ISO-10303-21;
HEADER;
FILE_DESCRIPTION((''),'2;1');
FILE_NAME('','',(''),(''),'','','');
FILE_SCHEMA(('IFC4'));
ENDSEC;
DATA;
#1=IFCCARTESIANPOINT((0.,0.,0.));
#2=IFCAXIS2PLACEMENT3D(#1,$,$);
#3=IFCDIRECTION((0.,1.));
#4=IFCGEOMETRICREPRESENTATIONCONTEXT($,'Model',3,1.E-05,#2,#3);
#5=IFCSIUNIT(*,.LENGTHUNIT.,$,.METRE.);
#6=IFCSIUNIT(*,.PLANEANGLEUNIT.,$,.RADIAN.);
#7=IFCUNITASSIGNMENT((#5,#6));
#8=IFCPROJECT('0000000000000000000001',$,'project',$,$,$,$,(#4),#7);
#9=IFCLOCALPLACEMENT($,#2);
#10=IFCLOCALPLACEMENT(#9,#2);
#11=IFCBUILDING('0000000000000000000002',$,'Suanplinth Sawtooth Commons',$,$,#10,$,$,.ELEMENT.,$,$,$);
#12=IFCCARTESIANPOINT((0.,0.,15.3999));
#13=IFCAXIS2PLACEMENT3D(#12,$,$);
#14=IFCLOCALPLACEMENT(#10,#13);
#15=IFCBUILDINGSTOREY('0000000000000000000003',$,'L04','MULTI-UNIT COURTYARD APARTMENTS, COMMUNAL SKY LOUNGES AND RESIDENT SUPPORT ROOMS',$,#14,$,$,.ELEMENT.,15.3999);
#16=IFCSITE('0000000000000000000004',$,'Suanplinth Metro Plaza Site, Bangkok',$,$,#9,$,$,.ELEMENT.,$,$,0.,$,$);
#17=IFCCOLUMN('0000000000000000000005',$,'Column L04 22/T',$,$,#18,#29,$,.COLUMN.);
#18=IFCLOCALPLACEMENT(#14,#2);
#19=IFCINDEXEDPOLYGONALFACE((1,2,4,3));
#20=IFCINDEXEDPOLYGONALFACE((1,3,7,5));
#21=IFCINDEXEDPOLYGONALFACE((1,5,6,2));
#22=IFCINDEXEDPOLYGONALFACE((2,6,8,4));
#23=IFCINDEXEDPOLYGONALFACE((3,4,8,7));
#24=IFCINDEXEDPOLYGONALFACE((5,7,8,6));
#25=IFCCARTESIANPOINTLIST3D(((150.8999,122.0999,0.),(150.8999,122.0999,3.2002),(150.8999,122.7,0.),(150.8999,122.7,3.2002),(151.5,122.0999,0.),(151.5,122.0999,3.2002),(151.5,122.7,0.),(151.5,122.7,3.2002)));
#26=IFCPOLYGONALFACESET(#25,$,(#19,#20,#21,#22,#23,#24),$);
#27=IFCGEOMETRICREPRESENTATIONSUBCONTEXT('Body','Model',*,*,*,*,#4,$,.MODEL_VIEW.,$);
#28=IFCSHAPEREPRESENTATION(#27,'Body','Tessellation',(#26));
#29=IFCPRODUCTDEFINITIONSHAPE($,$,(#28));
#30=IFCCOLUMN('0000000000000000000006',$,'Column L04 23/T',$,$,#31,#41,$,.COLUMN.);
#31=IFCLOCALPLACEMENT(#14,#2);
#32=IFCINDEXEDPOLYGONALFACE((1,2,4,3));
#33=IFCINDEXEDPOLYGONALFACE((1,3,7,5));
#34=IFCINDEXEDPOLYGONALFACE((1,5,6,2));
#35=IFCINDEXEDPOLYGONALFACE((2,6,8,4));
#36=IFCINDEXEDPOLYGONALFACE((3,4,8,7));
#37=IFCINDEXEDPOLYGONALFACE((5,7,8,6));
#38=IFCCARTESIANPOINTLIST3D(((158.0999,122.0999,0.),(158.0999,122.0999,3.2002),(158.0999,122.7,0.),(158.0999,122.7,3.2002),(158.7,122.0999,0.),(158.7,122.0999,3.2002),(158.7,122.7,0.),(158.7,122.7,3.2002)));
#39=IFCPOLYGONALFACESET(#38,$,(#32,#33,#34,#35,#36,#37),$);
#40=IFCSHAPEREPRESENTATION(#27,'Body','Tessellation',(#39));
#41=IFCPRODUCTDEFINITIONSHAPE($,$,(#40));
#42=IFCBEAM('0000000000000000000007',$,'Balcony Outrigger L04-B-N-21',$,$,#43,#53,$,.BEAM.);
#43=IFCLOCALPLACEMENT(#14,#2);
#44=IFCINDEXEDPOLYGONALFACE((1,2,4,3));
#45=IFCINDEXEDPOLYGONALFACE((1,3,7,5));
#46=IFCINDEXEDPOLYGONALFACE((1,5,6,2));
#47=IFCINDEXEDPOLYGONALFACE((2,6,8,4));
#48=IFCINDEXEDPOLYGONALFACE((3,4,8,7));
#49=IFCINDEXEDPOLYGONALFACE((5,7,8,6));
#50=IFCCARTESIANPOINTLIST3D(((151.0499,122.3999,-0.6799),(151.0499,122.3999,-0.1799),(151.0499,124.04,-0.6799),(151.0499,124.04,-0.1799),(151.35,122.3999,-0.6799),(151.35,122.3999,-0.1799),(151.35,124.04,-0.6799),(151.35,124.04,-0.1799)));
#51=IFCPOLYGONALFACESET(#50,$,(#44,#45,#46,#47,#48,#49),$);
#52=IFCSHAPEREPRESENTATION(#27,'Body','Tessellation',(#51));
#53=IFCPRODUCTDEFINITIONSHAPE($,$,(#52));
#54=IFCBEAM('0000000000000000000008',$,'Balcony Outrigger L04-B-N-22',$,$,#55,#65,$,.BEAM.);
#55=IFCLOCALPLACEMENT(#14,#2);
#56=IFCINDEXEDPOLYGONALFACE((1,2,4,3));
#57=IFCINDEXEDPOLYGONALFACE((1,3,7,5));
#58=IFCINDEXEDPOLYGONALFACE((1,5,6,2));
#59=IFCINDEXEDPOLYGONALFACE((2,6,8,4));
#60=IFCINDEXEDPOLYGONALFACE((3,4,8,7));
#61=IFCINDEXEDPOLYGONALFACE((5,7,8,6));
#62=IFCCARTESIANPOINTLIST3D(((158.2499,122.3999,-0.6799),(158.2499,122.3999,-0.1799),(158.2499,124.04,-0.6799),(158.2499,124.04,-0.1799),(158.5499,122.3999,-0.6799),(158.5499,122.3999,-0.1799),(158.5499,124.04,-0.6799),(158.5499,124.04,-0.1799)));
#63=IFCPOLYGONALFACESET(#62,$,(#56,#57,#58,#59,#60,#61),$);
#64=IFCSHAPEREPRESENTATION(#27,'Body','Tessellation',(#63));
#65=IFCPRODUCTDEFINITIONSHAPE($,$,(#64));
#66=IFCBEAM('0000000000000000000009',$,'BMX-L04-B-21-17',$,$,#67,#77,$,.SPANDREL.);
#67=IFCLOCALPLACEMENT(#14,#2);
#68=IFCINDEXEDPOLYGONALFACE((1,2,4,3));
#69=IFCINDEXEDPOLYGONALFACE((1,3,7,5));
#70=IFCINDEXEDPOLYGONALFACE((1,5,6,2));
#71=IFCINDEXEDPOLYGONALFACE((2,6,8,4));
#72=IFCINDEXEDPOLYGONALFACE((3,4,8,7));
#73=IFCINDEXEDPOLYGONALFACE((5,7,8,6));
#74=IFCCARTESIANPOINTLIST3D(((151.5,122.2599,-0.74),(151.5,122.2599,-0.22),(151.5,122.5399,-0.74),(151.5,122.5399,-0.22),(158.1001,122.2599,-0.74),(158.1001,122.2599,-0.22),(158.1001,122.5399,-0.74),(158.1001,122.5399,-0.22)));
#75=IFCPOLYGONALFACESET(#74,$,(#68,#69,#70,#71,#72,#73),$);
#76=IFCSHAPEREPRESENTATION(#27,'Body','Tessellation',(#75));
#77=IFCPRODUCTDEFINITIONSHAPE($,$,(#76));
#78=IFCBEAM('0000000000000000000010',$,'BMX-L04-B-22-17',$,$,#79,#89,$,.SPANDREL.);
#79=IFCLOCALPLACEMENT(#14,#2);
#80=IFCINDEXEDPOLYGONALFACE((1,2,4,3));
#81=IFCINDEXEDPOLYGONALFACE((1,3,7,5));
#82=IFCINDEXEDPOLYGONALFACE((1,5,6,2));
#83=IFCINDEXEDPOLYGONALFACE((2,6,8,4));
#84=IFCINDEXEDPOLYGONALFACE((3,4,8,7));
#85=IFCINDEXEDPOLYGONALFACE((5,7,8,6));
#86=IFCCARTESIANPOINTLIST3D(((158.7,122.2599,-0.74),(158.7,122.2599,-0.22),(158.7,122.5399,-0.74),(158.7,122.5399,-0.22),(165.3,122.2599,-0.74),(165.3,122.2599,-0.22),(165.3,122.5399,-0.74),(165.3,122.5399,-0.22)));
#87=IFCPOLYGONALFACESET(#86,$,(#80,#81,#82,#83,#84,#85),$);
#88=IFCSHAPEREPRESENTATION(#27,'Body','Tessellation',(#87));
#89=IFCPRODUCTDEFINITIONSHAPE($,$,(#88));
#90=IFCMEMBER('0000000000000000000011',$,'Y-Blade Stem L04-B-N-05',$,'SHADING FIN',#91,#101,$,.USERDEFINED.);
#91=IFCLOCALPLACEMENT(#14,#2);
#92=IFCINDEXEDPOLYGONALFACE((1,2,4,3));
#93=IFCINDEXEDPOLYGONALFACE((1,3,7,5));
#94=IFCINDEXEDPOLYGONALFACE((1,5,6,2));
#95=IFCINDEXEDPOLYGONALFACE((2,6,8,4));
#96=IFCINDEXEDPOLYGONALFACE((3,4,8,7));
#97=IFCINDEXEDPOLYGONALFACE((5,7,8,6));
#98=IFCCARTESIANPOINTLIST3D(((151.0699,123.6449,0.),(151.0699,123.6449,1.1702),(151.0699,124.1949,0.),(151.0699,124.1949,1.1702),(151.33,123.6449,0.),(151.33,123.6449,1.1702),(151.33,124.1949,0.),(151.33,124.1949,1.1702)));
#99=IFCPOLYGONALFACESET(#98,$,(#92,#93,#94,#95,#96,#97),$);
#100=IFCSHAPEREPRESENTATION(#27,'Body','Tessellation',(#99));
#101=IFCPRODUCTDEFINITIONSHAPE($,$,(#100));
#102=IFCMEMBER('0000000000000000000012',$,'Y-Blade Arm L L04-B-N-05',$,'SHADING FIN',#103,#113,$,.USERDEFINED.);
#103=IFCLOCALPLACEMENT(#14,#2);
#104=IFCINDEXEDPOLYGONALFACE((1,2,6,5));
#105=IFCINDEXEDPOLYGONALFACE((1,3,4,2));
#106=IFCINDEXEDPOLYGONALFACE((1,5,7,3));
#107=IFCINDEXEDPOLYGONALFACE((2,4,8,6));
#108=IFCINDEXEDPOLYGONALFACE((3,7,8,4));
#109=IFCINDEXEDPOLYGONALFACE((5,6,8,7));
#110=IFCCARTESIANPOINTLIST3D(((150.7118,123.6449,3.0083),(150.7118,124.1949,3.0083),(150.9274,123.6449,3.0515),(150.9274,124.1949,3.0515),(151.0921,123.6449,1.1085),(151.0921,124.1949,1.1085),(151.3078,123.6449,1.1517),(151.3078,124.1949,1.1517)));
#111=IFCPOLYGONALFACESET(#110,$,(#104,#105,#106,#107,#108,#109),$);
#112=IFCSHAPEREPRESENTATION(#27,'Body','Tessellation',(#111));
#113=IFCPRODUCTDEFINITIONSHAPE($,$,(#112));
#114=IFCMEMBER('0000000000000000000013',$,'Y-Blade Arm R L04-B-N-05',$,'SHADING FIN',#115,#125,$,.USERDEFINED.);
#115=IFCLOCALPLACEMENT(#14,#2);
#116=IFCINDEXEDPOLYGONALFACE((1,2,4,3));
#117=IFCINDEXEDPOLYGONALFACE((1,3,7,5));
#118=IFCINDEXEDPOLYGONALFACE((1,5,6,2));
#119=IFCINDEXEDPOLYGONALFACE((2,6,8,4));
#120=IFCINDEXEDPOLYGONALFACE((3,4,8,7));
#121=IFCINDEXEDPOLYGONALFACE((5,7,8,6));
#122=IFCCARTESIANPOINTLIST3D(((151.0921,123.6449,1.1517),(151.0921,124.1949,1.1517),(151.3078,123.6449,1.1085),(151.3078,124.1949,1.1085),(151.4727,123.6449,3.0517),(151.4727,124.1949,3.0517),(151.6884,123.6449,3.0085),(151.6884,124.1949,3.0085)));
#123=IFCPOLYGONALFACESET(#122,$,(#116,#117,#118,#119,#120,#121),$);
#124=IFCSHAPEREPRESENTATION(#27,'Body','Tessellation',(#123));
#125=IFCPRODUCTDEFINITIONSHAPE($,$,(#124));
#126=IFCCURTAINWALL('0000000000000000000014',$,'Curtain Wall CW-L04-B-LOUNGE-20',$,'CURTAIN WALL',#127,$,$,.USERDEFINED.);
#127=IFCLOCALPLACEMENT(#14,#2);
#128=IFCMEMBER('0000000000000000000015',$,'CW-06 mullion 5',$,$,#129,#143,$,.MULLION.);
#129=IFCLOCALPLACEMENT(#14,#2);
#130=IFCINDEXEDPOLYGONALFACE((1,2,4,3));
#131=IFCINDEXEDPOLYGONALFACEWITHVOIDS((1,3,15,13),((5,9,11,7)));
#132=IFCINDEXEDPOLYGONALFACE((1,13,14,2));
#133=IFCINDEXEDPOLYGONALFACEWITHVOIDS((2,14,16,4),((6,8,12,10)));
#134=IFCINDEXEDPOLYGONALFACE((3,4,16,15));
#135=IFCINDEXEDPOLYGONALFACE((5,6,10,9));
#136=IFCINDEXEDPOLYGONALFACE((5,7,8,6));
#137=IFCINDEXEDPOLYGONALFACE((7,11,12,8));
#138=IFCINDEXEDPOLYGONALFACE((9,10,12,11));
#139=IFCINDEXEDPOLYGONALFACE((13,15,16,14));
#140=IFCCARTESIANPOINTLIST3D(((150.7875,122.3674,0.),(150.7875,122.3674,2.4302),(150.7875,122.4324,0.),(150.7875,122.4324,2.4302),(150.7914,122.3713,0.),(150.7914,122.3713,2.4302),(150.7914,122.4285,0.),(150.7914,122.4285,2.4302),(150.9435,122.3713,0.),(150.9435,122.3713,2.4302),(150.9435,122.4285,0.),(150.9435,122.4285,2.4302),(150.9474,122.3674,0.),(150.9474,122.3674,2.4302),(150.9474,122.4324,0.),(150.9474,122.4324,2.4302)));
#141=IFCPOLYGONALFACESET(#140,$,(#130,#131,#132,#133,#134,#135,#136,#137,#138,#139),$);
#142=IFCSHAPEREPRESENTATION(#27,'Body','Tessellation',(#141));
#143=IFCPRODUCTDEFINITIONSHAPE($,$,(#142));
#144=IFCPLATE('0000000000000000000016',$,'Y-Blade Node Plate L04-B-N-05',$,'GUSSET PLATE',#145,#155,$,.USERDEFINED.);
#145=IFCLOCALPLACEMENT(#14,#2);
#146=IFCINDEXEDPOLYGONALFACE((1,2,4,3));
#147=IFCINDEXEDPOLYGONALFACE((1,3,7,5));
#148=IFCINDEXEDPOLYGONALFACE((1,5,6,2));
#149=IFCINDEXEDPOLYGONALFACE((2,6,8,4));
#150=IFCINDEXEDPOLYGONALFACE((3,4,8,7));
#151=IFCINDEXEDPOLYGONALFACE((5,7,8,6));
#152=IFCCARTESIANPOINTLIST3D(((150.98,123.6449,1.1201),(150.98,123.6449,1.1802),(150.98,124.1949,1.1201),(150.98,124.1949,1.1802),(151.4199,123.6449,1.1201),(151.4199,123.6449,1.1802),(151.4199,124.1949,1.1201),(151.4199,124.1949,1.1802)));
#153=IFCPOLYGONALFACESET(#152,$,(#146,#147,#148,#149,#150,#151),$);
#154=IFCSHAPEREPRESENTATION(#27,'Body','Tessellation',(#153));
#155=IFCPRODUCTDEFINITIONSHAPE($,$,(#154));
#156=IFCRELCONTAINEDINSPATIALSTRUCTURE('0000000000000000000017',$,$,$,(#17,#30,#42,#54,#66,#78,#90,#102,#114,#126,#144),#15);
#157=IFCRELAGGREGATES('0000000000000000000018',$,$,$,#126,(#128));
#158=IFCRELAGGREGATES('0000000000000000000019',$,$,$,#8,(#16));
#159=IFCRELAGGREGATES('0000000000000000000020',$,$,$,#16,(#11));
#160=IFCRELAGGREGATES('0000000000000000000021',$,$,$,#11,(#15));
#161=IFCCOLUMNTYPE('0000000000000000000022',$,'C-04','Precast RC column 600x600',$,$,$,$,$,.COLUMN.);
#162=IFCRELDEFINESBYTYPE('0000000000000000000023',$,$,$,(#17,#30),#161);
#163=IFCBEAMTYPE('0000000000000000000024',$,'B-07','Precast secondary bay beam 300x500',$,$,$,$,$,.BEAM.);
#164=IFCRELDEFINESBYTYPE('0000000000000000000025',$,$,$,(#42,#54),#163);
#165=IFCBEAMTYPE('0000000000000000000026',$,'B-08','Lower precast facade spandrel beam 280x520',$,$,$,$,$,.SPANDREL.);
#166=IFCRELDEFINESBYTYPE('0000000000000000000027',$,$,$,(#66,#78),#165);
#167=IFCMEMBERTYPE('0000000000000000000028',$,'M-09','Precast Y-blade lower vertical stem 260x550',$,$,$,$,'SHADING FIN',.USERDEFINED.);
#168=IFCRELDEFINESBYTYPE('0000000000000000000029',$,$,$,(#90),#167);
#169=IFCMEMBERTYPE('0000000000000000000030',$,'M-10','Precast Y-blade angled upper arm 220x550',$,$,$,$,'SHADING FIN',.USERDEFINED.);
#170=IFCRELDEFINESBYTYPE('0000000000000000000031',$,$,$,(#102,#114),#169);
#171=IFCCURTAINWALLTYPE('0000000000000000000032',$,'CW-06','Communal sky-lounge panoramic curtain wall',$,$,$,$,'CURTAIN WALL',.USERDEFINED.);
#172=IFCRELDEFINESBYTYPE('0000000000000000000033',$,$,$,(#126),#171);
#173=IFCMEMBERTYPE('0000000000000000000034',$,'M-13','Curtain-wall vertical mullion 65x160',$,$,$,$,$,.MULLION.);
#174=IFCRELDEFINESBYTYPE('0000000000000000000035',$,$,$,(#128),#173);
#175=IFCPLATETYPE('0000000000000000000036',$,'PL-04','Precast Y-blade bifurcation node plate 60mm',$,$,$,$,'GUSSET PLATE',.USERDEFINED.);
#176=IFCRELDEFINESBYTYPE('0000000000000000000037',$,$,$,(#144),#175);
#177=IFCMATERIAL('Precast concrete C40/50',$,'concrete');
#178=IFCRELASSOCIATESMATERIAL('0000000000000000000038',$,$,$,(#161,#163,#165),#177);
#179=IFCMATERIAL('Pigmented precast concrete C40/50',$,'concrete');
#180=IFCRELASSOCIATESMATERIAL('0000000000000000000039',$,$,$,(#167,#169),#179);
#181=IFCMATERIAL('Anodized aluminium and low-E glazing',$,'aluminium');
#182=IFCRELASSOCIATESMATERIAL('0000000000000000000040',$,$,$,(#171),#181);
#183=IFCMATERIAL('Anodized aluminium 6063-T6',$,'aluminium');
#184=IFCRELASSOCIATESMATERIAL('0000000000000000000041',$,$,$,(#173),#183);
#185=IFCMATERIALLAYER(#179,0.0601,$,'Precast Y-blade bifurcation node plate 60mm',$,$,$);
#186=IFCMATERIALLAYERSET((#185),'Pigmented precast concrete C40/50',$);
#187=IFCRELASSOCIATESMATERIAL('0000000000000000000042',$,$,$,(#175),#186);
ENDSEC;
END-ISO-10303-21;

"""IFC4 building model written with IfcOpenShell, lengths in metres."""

from ifc_helpers import new_model, si_unit, direction, frame, origin, origin_2d, place, context, subcontext, project, spatial, rectangle, hollow_rectangle, extrude, material, layer, layer_set, material_profile, profile_set, type_object, element, aggregate, save


model = new_model("IFC4")

# Units and contexts
model_context = context("Model", 3, precision=1e-05, world=origin(), true_north=direction((0.0, 1.0)))
body_context = subcontext(model_context, "Body", "Model", "MODEL_VIEW")
ifc_project = project(units=[si_unit("LENGTHUNIT", "METRE"), si_unit("PLANEANGLEUNIT", "RADIAN")], contexts=[model_context])

# Site, building, storey
site_placement = place(None, origin())
site = spatial("IfcSite", under=ifc_project, at=site_placement, Name="Suanplinth Metro Plaza Site, Bangkok", CompositionType="ELEMENT", RefElevation=0.0)
building_placement = place(site_placement, origin())
building = spatial("IfcBuilding", under=site, at=building_placement, Name="Suanplinth Sawtooth Commons", CompositionType="ELEMENT")
storey_placement = place(building_placement, frame((0.0, 0.0, 15.3999)))
storey = spatial("IfcBuildingStorey", under=building, at=storey_placement, Name="L04", Description="MULTI-UNIT COURTYARD APARTMENTS, COMMUNAL SKY LOUNGES AND RESIDENT SUPPORT ROOMS", CompositionType="ELEMENT", Elevation=15.3999)

# Columns
ifc_material_1 = material(Name="Precast concrete C40/50", Category="concrete")
ifc_material_profile_1 = material_profile(ifc_material_1, rectangle(XDim=0.6001, YDim=0.6001, at=origin_2d()), Name="PC-COL 600x600")
ifc_profile_set_1 = profile_set([ifc_material_profile_1], Name="Precast concrete C40/50")
column_type = type_object("IfcColumnType", Name="C-04", Description="Precast RC column 600x600", PredefinedType="COLUMN", material=ifc_profile_set_1)
for number, where, z_axis, x_axis, name in (
    (1, (151.2, 122.3999, 0.0), (0.0, 0.0, 1.0), (1.0, 0.0, 0.0), "Column L04 22/T"),
    (2, (158.3999, 122.3999, 0.0), (0.0, 0.0, 1.0), (1.0, 0.0, 0.0), "Column L04 23/T"),
):
    element("IfcColumn", number, at=place(storey_placement, frame(where, z_axis=z_axis, x_axis=x_axis)), inside=storey, type_object=column_type, Name=name, PredefinedType="COLUMN", context=body_context, shape_type="SweptSolid", body=[
        extrude(rectangle(XDim=0.6001, YDim=0.6001, at=origin_2d()), origin(), (0.0, 0.0, 1.0), 3.2002),
    ])

# Beams
ifc_material_profile_2 = material_profile(ifc_material_1, rectangle(XDim=0.3, YDim=0.5, at=origin_2d()), Name="PC-BM 300x500")
ifc_profile_set_2 = profile_set([ifc_material_profile_2], Name="Precast concrete C40/50")
beam_type_1 = type_object("IfcBeamType", Name="B-07", Description="Precast secondary bay beam 300x500", PredefinedType="BEAM", material=ifc_profile_set_2)
for number, where, z_axis, x_axis, name in (
    (3, (151.2, 122.3999, -0.4299), (0.0, 1.0, 0.0), (-1.0, 0.0, 0.0), "Balcony Outrigger L04-B-N-21"),
    (4, (158.3999, 122.3999, -0.4299), (0.0, 1.0, 0.0), (-1.0, 0.0, 0.0), "Balcony Outrigger L04-B-N-22"),
):
    element("IfcBeam", number, at=place(storey_placement, frame(where, z_axis=z_axis, x_axis=x_axis)), inside=storey, type_object=beam_type_1, Name=name, PredefinedType="BEAM", context=body_context, shape_type="SweptSolid", body=[
        extrude(rectangle(XDim=0.3, YDim=0.5, at=origin_2d()), origin(), (0.0, 0.0, 1.0), 1.6401),
    ])
ifc_material_profile_3 = material_profile(ifc_material_1, rectangle(XDim=0.28, YDim=0.52, at=origin_2d()), Name="PC-SP 280x520")
ifc_profile_set_3 = profile_set([ifc_material_profile_3], Name="Precast concrete C40/50")
beam_type_2 = type_object("IfcBeamType", Name="B-08", Description="Lower precast facade spandrel beam 280x520", PredefinedType="SPANDREL", material=ifc_profile_set_3)
for number, where, z_axis, x_axis, name in (
    (5, (151.5, 122.3999, -0.48), (1.0, 0.0, 0.0), (0.0, 1.0, 0.0), "BMX-L04-B-21-17"),
    (6, (158.7, 122.3999, -0.48), (1.0, 0.0, 0.0), (0.0, 1.0, 0.0), "BMX-L04-B-22-17"),
):
    element("IfcBeam", number, at=place(storey_placement, frame(where, z_axis=z_axis, x_axis=x_axis)), inside=storey, type_object=beam_type_2, Name=name, PredefinedType="SPANDREL", context=body_context, shape_type="SweptSolid", body=[
        extrude(rectangle(XDim=0.28, YDim=0.52, at=origin_2d()), origin(), (0.0, 0.0, 1.0), 6.6001),
    ])

# Members
ifc_material_2 = material(Name="Pigmented precast concrete C40/50", Category="concrete")
ifc_material_profile_4 = material_profile(ifc_material_2, rectangle(XDim=0.26, YDim=0.55, at=origin_2d()), Name="PC-FIN 260x550")
ifc_profile_set_4 = profile_set([ifc_material_profile_4], Name="Pigmented precast concrete C40/50")
member_type_1 = type_object("IfcMemberType", Name="M-09", Description="Precast Y-blade lower vertical stem 260x550", ElementType="SHADING FIN", PredefinedType="USERDEFINED", material=ifc_profile_set_4)
member_1_placement = place(storey_placement, frame((151.2, 123.9199, 0.0), z_axis=(0.0, 0.0, 1.0), x_axis=(1.0, 0.0, 0.0)))
element("IfcMember", 7, at=member_1_placement, inside=storey, type_object=member_type_1, Name="Y-Blade Stem L04-B-N-05", ObjectType="SHADING FIN", PredefinedType="USERDEFINED", context=body_context, shape_type="SweptSolid", body=[
    extrude(rectangle(XDim=0.26, YDim=0.55, at=origin_2d()), origin(), (0.0, 0.0, 1.0), 1.1702),
])
ifc_material_profile_5 = material_profile(ifc_material_2, rectangle(XDim=0.22, YDim=0.55, at=origin_2d()), Name="PC-FIN 220x550")
ifc_profile_set_5 = profile_set([ifc_material_profile_5], Name="Pigmented precast concrete C40/50")
member_type_2 = type_object("IfcMemberType", Name="M-10", Description="Precast Y-blade angled upper arm 220x550", ElementType="SHADING FIN", PredefinedType="USERDEFINED", material=ifc_profile_set_5)
member_2_placement = place(storey_placement, frame((151.2, 123.9199, 1.1301), z_axis=(-0.19631, 0.0, 0.980542), x_axis=(0.980542, 0.0, 0.19631)))
element("IfcMember", 8, at=member_2_placement, inside=storey, type_object=member_type_2, Name="Y-Blade Arm L L04-B-N-05", ObjectType="SHADING FIN", PredefinedType="USERDEFINED", context=body_context, shape_type="SweptSolid", body=[
    extrude(rectangle(XDim=0.22, YDim=0.55, at=origin_2d()), origin(), (0.0, 0.0, 1.0), 1.9375),
])
member_3_placement = place(storey_placement, frame((151.2, 123.9199, 1.1301), z_axis=(0.196431, 0.0, 0.980518), x_axis=(-0.980518, 0.0, 0.196431)))
element("IfcMember", 9, at=member_3_placement, inside=storey, type_object=member_type_2, Name="Y-Blade Arm R L04-B-N-05", ObjectType="SHADING FIN", PredefinedType="USERDEFINED", context=body_context, shape_type="SweptSolid", body=[
    extrude(rectangle(XDim=0.22, YDim=0.55, at=origin_2d()), origin(), (0.0, 0.0, 1.0), 1.9377),
])

# Curtain wall, member
ifc_material_3 = material(Name="Anodized aluminium and low-E glazing", Category="aluminium")
curtain_wall_type = type_object("IfcCurtainWallType", Name="CW-06", Description="Communal sky-lounge panoramic curtain wall", ElementType="CURTAIN WALL", PredefinedType="USERDEFINED", material=ifc_material_3)
curtain_wall_placement = place(storey_placement, origin())
curtain_wall = element("IfcCurtainWall", 10, at=curtain_wall_placement, inside=storey, type_object=curtain_wall_type, Name="Curtain Wall CW-L04-B-LOUNGE-20", ObjectType="CURTAIN WALL", PredefinedType="USERDEFINED")
ifc_material_4 = material(Name="Anodized aluminium 6063-T6", Category="aluminium")
ifc_material_profile_6 = material_profile(ifc_material_4, hollow_rectangle(XDim=0.0649, YDim=0.1599, WallThickness=0.0039, at=origin_2d()), Name="ALU-MUL 65x160")
ifc_profile_set_6 = profile_set([ifc_material_profile_6], Name="Anodized aluminium 6063-T6")
member_type_3 = type_object("IfcMemberType", Name="M-13", Description="Curtain-wall vertical mullion 65x160", PredefinedType="MULLION", material=ifc_profile_set_6)
member_4_placement = place(storey_placement, frame((150.8674, 122.3999, 0.0), z_axis=(0.0, 0.0, 1.0), x_axis=(0.0, 1.0, 0.0)))
member_4 = element("IfcMember", 11, at=member_4_placement, type_object=member_type_3, Name="CW-06 mullion 5", PredefinedType="MULLION", context=body_context, shape_type="SweptSolid", body=[
    extrude(hollow_rectangle(XDim=0.0649, YDim=0.1599, WallThickness=0.0039, at=origin_2d()), origin(), (0.0, 0.0, 1.0), 2.4302),
])
aggregate(curtain_wall, [member_4])

# Plate
ifc_layer_1 = layer(ifc_material_2, 0.0601, Name="Precast Y-blade bifurcation node plate 60mm")
ifc_layer_set_1 = layer_set([ifc_layer_1], Name="Pigmented precast concrete C40/50")
plate_type = type_object("IfcPlateType", Name="PL-04", Description="Precast Y-blade bifurcation node plate 60mm", ElementType="GUSSET PLATE", PredefinedType="USERDEFINED", material=ifc_layer_set_1)
plate_placement = place(storey_placement, frame((151.2, 123.9199, 1.1201), z_axis=(0.0, 0.0, 1.0), x_axis=(1.0, 0.0, 0.0)))
element("IfcPlate", 12, at=plate_placement, inside=storey, type_object=plate_type, Name="Y-Blade Node Plate L04-B-N-05", ObjectType="GUSSET PLATE", PredefinedType="USERDEFINED", context=body_context, shape_type="SweptSolid", body=[
    extrude(rectangle(XDim=0.4399, YDim=0.55, at=origin_2d()), origin(), (0.0, 0.0, 1.0), 0.0601),
])

save(model, "model.ifc")
